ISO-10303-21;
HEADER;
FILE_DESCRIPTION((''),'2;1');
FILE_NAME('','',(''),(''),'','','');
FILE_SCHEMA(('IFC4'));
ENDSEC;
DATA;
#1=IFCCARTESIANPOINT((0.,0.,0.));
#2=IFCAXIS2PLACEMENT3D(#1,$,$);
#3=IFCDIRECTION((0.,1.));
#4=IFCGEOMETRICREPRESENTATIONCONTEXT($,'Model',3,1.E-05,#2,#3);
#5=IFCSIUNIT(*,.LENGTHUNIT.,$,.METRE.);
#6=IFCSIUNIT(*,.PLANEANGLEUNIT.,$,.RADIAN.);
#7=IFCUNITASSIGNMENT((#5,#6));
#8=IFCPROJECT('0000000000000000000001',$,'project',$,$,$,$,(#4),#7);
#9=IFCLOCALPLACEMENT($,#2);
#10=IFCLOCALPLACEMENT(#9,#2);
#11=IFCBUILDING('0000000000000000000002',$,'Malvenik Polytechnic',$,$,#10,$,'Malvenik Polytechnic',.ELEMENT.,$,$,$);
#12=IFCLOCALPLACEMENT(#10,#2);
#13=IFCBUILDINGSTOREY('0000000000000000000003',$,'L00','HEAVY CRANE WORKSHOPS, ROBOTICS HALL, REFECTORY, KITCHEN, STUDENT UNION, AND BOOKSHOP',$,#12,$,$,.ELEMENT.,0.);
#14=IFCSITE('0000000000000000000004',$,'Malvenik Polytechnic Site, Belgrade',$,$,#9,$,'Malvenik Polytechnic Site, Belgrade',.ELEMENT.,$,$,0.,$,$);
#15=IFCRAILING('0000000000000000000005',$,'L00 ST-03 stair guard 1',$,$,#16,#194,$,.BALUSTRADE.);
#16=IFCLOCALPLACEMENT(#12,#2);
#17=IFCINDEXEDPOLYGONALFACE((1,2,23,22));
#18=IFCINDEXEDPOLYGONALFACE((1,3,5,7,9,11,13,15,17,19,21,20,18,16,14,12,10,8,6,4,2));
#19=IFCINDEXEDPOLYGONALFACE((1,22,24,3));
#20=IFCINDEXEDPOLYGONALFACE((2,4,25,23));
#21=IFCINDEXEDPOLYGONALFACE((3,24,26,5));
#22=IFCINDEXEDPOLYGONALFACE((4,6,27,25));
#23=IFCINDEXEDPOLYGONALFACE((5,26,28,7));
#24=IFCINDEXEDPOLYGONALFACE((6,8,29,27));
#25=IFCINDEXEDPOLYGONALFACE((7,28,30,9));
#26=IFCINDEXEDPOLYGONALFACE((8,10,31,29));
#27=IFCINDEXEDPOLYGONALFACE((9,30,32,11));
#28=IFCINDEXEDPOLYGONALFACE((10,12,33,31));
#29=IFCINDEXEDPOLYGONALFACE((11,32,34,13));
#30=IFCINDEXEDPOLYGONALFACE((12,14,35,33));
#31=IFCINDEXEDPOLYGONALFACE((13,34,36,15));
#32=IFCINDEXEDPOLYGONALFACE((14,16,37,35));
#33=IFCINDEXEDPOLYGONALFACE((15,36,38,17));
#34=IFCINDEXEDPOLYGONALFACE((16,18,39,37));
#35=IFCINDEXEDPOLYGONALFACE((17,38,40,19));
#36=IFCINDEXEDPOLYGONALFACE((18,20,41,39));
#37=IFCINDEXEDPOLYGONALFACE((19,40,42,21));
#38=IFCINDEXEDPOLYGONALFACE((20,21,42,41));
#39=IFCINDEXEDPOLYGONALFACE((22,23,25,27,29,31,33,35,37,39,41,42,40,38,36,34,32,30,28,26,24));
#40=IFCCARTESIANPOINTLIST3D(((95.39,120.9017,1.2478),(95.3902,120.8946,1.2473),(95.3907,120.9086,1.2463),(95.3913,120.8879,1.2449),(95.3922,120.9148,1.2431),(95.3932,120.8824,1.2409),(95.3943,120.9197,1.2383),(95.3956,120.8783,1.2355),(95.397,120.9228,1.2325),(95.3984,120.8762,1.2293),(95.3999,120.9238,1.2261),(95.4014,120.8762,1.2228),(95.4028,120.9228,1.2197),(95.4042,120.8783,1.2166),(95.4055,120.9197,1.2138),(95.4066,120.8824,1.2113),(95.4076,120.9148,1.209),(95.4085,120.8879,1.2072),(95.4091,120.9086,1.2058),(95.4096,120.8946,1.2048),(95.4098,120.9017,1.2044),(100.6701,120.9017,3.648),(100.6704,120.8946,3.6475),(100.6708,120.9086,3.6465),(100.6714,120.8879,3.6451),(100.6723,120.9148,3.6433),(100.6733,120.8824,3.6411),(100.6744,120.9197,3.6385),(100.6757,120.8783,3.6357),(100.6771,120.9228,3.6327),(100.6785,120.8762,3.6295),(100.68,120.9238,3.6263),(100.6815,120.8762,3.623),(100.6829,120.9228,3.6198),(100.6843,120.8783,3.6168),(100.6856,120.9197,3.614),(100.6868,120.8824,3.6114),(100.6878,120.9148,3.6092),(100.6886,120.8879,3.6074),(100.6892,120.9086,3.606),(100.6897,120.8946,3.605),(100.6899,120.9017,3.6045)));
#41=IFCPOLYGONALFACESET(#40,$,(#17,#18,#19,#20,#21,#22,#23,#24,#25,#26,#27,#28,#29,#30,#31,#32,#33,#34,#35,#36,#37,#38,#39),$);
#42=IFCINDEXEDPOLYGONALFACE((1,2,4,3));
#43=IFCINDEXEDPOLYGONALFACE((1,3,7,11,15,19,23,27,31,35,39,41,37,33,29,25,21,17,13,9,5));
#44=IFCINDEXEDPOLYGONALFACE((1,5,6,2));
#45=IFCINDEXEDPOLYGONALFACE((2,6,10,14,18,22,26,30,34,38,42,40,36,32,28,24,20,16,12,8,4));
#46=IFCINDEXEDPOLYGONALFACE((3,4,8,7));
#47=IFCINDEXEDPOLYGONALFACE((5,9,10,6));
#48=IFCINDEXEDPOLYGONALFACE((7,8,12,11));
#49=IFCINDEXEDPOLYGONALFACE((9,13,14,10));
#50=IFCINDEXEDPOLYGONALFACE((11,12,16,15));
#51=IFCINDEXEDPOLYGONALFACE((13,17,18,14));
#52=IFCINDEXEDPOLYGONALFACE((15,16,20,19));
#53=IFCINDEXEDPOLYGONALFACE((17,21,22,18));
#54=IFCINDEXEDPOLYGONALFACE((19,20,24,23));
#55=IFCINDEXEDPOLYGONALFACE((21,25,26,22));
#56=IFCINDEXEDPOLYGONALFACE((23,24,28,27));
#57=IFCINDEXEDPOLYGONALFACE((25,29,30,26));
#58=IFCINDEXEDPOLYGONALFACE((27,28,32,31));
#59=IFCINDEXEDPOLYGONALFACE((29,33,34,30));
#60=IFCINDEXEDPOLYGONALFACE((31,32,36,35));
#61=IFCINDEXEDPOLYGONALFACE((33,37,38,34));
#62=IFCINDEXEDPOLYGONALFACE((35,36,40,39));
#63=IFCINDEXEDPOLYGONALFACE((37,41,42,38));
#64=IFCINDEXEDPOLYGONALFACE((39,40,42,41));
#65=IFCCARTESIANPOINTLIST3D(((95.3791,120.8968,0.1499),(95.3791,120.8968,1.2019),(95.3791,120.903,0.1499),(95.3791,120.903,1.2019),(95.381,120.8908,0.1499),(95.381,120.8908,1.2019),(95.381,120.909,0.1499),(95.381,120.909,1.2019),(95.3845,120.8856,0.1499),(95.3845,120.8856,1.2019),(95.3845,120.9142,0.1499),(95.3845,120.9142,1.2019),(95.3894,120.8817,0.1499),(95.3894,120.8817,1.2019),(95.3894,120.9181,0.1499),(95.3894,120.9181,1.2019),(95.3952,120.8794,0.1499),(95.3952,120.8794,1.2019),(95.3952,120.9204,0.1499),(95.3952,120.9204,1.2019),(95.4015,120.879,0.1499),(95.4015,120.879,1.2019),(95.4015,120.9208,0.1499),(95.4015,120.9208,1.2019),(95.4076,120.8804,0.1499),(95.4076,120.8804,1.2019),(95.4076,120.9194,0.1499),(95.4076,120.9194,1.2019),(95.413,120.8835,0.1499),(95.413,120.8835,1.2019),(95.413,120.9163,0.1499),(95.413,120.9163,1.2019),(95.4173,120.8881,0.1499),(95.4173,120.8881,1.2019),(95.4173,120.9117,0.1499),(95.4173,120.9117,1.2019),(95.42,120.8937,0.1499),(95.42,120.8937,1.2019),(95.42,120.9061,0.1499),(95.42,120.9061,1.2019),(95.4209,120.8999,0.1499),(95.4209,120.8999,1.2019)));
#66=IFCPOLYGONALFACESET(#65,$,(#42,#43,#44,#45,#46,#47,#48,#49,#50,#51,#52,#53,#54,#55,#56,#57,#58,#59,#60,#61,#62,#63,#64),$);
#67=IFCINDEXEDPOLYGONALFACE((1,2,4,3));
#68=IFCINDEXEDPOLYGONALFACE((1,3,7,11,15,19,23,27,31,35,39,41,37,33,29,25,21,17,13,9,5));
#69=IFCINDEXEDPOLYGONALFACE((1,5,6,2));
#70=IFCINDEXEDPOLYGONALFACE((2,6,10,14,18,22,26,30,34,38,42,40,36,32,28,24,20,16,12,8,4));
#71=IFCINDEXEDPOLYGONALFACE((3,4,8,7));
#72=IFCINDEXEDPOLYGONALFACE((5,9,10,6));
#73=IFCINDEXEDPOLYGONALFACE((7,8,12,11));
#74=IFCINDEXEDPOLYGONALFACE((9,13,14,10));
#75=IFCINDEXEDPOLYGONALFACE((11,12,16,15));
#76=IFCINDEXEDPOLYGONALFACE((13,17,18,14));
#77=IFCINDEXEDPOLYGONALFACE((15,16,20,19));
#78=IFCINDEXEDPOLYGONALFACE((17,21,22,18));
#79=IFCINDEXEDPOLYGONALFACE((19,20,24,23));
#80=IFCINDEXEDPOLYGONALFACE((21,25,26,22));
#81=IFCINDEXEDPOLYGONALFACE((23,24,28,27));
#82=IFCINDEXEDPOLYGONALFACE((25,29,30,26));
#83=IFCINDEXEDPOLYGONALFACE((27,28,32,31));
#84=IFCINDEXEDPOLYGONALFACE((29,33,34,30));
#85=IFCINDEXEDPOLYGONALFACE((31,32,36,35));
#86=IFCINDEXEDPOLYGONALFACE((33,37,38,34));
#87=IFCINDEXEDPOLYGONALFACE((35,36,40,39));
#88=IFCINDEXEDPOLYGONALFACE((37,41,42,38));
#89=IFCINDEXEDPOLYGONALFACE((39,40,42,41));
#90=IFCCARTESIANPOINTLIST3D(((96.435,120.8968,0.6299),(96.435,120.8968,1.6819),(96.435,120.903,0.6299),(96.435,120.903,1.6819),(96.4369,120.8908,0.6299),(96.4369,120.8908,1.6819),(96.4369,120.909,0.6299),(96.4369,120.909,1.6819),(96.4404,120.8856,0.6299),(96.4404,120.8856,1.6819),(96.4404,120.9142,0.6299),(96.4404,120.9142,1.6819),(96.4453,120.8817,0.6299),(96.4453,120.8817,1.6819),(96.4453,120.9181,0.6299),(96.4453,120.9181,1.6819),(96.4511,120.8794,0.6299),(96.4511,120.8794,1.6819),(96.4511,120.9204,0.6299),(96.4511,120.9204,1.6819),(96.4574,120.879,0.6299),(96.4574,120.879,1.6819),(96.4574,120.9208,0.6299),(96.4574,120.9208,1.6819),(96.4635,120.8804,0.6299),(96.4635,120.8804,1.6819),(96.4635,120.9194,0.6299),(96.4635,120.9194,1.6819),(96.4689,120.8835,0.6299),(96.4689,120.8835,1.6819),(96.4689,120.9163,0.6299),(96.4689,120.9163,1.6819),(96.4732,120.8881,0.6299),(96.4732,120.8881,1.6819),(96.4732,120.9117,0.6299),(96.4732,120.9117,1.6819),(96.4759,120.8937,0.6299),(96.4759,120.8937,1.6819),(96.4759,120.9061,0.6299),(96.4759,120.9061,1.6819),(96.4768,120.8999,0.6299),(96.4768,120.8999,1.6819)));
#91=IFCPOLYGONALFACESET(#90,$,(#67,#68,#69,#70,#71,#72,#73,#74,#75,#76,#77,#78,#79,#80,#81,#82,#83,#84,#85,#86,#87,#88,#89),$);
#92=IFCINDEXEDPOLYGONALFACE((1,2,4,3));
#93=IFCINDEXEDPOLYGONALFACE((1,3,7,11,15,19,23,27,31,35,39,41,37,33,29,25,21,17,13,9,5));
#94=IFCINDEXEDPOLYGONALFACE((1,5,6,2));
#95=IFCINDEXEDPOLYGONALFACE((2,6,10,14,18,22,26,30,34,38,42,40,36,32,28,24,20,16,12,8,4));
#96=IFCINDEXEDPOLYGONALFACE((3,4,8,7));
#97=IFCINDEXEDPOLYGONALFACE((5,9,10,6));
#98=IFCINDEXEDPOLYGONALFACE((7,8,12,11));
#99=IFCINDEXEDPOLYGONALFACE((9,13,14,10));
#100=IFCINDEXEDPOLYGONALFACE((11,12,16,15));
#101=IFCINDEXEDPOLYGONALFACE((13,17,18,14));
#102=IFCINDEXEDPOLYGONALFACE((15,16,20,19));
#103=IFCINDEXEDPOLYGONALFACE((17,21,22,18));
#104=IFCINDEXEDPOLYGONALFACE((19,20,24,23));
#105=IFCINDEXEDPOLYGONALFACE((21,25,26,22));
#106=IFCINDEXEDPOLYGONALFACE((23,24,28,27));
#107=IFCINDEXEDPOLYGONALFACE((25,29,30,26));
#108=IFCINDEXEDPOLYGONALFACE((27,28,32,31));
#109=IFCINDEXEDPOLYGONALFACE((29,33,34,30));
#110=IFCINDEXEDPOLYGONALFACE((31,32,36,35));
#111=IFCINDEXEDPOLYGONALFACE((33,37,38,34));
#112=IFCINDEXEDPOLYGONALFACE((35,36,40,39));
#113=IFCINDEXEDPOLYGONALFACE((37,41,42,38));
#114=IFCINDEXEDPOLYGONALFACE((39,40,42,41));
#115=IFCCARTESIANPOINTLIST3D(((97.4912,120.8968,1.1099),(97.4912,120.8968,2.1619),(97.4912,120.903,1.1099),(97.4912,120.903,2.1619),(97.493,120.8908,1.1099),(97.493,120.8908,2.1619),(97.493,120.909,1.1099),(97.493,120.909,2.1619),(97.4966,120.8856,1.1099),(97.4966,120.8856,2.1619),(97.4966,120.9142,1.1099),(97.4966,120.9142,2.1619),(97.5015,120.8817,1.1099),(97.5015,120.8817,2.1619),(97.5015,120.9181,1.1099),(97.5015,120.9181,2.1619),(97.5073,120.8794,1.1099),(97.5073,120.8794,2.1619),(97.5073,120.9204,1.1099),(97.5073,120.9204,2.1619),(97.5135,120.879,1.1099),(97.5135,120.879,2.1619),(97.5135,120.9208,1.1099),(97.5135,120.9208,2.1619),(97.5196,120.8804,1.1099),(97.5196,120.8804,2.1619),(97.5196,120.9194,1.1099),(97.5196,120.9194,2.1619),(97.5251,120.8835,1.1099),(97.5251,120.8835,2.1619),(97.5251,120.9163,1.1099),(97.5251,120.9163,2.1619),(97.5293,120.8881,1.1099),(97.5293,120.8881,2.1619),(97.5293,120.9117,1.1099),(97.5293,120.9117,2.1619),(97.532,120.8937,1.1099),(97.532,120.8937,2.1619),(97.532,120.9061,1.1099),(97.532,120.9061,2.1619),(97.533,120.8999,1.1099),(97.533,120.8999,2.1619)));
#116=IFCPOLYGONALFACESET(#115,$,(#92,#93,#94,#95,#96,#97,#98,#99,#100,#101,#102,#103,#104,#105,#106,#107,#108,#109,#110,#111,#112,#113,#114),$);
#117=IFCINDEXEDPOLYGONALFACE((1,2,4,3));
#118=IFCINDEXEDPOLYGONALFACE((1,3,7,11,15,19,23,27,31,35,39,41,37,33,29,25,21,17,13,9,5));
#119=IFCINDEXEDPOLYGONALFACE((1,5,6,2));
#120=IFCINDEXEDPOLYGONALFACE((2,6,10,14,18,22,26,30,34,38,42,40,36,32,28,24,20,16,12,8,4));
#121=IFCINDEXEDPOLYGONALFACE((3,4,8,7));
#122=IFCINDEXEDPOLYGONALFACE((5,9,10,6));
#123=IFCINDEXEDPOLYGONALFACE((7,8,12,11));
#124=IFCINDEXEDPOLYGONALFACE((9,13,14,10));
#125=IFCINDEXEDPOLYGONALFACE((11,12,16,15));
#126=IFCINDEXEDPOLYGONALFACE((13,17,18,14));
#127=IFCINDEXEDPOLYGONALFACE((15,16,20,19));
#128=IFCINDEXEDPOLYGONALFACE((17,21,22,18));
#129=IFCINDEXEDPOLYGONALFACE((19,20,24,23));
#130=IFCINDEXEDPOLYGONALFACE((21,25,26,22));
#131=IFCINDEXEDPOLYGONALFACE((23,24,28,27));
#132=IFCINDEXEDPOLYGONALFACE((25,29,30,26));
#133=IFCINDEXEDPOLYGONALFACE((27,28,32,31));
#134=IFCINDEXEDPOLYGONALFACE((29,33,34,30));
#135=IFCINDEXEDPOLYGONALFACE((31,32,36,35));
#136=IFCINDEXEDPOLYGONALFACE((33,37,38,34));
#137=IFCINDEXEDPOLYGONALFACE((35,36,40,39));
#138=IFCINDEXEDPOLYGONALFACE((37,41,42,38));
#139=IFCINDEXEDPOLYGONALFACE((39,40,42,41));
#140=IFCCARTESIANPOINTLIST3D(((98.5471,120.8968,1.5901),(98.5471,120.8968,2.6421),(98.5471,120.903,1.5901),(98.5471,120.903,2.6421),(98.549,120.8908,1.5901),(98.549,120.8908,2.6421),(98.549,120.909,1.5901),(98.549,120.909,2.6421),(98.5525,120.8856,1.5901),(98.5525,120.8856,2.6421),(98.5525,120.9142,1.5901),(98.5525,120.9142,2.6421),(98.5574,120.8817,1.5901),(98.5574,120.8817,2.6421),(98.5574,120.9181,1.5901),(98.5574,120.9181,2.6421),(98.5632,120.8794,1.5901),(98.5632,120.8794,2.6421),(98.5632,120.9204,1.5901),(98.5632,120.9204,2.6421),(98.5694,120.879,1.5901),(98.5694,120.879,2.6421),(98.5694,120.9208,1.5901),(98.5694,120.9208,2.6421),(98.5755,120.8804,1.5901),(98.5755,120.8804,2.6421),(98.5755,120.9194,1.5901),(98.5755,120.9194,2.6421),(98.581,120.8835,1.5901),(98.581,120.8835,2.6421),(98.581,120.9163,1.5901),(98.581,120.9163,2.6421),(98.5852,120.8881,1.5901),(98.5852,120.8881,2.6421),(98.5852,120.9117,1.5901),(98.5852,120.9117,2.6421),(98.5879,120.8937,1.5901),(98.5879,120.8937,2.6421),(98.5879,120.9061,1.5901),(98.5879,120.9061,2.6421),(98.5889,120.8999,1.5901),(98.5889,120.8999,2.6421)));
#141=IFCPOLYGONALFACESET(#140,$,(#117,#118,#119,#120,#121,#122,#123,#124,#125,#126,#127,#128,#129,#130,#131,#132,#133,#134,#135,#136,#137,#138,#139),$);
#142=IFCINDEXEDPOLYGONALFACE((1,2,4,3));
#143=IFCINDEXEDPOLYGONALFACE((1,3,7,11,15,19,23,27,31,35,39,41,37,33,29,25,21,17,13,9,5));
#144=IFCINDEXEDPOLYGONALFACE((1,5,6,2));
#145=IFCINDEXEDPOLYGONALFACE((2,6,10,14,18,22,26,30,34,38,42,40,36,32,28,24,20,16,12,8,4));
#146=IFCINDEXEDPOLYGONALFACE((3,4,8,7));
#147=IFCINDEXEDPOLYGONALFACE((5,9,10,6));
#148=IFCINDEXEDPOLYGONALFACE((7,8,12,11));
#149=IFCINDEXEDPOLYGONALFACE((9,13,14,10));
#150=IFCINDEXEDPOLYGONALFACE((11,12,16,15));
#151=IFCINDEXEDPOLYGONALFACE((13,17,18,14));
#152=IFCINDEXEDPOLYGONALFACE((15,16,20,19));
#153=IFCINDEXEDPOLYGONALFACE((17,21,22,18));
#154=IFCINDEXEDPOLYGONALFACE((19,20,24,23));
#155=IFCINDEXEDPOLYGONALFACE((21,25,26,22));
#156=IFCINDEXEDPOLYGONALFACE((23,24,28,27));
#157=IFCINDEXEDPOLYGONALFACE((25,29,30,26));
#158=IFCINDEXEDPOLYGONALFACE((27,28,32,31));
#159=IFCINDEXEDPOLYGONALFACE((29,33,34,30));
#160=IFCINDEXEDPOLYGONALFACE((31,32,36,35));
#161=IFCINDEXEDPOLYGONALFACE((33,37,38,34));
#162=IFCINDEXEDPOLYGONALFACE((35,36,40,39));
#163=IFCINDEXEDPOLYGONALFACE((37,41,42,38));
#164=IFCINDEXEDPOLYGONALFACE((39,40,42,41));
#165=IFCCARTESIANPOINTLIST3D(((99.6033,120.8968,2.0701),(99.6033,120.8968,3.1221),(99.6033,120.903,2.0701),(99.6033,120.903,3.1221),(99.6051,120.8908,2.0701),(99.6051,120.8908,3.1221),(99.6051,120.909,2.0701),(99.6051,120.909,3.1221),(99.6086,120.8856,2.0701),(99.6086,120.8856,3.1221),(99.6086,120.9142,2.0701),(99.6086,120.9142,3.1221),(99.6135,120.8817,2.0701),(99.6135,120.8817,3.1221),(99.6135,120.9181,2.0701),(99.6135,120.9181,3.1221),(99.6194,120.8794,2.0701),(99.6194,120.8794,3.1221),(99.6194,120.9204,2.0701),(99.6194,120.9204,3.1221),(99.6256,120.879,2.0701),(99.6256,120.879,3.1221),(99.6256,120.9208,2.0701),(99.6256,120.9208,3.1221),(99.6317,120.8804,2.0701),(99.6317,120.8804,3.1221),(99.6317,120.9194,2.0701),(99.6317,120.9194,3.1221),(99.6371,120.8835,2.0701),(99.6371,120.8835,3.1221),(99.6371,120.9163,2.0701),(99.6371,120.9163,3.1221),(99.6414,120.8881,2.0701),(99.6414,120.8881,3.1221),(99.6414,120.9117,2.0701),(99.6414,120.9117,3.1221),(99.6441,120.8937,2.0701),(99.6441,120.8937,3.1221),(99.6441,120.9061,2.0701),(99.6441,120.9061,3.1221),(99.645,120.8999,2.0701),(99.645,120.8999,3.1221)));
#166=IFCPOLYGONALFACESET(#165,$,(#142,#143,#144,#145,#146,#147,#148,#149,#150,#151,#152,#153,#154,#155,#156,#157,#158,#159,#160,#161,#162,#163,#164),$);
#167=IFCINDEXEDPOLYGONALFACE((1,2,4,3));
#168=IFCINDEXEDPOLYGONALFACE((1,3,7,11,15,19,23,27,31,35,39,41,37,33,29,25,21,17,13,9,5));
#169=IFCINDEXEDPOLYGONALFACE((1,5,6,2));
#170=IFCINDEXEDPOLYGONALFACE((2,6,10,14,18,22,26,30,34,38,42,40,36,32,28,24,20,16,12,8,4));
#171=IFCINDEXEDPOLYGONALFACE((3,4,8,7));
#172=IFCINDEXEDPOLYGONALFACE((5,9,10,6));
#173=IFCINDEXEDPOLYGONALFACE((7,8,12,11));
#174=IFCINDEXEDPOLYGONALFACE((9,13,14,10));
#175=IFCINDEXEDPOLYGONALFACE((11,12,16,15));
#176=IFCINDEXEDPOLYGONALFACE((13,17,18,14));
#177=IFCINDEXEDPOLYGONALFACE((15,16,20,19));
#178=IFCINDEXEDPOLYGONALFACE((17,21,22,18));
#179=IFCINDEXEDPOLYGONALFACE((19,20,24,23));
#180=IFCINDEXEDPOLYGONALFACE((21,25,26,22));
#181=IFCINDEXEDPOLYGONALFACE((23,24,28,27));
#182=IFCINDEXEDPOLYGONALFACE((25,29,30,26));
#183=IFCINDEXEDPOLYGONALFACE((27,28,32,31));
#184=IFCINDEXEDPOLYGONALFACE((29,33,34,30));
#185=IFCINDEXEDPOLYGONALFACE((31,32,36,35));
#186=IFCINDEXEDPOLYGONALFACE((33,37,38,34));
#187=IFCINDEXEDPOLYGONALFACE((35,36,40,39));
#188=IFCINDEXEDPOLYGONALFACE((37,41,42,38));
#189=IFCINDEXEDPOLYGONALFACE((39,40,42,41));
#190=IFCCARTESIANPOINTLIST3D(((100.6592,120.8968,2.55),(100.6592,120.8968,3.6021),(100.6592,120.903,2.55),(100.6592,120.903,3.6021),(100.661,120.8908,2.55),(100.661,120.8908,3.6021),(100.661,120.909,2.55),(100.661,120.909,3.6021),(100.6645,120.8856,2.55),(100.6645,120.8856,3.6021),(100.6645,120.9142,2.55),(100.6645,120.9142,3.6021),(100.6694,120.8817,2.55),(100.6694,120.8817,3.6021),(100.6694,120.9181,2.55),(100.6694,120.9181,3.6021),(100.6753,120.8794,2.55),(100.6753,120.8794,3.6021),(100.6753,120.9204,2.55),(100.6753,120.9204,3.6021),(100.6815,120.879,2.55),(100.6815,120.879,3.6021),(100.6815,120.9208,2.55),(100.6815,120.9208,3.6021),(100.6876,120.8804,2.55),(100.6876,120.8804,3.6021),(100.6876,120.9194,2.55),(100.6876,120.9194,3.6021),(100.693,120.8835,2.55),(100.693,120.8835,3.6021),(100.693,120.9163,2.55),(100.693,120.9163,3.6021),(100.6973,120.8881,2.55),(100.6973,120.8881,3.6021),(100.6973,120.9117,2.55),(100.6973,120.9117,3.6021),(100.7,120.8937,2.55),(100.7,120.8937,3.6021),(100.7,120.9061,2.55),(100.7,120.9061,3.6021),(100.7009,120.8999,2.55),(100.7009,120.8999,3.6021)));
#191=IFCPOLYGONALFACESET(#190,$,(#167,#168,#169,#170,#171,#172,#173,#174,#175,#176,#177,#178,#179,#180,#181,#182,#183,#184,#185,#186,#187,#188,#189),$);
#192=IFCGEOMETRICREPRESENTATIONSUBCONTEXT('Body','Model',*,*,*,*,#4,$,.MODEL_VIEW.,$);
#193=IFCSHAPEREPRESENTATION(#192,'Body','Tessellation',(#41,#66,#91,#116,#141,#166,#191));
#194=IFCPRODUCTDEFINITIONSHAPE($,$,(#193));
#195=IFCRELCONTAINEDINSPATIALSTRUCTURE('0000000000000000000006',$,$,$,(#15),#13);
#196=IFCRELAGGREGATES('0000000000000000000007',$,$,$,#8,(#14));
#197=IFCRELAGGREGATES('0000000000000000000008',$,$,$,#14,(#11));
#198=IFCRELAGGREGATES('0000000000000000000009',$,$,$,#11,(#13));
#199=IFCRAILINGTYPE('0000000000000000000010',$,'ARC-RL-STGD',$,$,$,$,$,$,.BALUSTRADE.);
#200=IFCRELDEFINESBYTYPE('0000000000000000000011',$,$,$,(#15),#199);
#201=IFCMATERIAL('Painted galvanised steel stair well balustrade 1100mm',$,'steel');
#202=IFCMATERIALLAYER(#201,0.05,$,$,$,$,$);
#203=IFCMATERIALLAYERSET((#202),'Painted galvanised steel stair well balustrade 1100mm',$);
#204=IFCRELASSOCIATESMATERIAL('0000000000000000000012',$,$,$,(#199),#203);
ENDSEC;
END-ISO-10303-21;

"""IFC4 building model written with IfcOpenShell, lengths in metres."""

from ifc_helpers import new_model, si_unit, direction, frame, origin, origin_2d, place, context, subcontext, project, spatial, circle, extrude, material, layer, layer_set, type_object, element, save


model = new_model("IFC4")

# Units and contexts
model_context = context("Model", 3, precision=1e-05, world=origin(), true_north=direction((0.0, 1.0)))
body_context = subcontext(model_context, "Body", "Model", "MODEL_VIEW")
ifc_project = project(units=[si_unit("LENGTHUNIT", "METRE"), si_unit("PLANEANGLEUNIT", "RADIAN")], contexts=[model_context])

# Site, building, storey
site_placement = place(None, origin())
site = spatial("IfcSite", under=ifc_project, at=site_placement, Name="Malvenik Polytechnic Site, Belgrade", LongName="Malvenik Polytechnic Site, Belgrade", CompositionType="ELEMENT", RefElevation=0.0)
building_placement = place(site_placement, origin())
building = spatial("IfcBuilding", under=site, at=building_placement, Name="Malvenik Polytechnic", LongName="Malvenik Polytechnic", CompositionType="ELEMENT")
storey_placement = place(building_placement, origin())
storey = spatial("IfcBuildingStorey", under=building, at=storey_placement, Name="L00", Description="HEAVY CRANE WORKSHOPS, ROBOTICS HALL, REFECTORY, KITCHEN, STUDENT UNION, AND BOOKSHOP", CompositionType="ELEMENT", Elevation=0.0)

# Railing
ifc_material_1 = material(Name="Painted galvanised steel stair well balustrade 1100mm", Category="steel")
ifc_layer_1 = layer(ifc_material_1, 0.05)
ifc_layer_set_1 = layer_set([ifc_layer_1], Name="Painted galvanised steel stair well balustrade 1100mm")
railing_type_1 = type_object("IfcRailingType", Name="ARC-RL-STGD", PredefinedType="BALUSTRADE", material=ifc_layer_set_1)
railing_1_placement = place(storey_placement, frame((95.3999, 120.8999, 0.1499)))
element("IfcRailing", 1, at=railing_1_placement, inside=storey, type_object=railing_type_1, Name="L00 ST-03 stair guard 1", PredefinedType="BALUSTRADE", context=body_context, shape_type="SweptSolid", body=[
    extrude(circle(Radius=0.0239, at=origin_2d()), frame((0.0, 0.0, 1.0762), z_axis=(0.910358, 0.0, 0.413822), x_axis=(0.0, 1.0, 0.0)), (0.0, 0.0, 1.0), 5.8),
    extrude(circle(Radius=0.021, at=origin_2d()), origin(), (0.0, 0.0, 1.0), 1.052),
    extrude(circle(Radius=0.021, at=origin_2d()), frame((1.0559, 0.0, 0.48)), (0.0, 0.0, 1.0), 1.052),
    extrude(circle(Radius=0.021, at=origin_2d()), frame((2.1121, 0.0, 0.96)), (0.0, 0.0, 1.0), 1.052),
    extrude(circle(Radius=0.021, at=origin_2d()), frame((3.168, 0.0, 1.4402)), (0.0, 0.0, 1.0), 1.052),
    extrude(circle(Radius=0.021, at=origin_2d()), frame((4.2241, 0.0, 1.9202)), (0.0, 0.0, 1.0), 1.052),
    extrude(circle(Radius=0.021, at=origin_2d()), frame((5.28, 0.0, 2.4001)), (0.0, 0.0, 1.0), 1.052),
])

save(model, "model.ifc")
